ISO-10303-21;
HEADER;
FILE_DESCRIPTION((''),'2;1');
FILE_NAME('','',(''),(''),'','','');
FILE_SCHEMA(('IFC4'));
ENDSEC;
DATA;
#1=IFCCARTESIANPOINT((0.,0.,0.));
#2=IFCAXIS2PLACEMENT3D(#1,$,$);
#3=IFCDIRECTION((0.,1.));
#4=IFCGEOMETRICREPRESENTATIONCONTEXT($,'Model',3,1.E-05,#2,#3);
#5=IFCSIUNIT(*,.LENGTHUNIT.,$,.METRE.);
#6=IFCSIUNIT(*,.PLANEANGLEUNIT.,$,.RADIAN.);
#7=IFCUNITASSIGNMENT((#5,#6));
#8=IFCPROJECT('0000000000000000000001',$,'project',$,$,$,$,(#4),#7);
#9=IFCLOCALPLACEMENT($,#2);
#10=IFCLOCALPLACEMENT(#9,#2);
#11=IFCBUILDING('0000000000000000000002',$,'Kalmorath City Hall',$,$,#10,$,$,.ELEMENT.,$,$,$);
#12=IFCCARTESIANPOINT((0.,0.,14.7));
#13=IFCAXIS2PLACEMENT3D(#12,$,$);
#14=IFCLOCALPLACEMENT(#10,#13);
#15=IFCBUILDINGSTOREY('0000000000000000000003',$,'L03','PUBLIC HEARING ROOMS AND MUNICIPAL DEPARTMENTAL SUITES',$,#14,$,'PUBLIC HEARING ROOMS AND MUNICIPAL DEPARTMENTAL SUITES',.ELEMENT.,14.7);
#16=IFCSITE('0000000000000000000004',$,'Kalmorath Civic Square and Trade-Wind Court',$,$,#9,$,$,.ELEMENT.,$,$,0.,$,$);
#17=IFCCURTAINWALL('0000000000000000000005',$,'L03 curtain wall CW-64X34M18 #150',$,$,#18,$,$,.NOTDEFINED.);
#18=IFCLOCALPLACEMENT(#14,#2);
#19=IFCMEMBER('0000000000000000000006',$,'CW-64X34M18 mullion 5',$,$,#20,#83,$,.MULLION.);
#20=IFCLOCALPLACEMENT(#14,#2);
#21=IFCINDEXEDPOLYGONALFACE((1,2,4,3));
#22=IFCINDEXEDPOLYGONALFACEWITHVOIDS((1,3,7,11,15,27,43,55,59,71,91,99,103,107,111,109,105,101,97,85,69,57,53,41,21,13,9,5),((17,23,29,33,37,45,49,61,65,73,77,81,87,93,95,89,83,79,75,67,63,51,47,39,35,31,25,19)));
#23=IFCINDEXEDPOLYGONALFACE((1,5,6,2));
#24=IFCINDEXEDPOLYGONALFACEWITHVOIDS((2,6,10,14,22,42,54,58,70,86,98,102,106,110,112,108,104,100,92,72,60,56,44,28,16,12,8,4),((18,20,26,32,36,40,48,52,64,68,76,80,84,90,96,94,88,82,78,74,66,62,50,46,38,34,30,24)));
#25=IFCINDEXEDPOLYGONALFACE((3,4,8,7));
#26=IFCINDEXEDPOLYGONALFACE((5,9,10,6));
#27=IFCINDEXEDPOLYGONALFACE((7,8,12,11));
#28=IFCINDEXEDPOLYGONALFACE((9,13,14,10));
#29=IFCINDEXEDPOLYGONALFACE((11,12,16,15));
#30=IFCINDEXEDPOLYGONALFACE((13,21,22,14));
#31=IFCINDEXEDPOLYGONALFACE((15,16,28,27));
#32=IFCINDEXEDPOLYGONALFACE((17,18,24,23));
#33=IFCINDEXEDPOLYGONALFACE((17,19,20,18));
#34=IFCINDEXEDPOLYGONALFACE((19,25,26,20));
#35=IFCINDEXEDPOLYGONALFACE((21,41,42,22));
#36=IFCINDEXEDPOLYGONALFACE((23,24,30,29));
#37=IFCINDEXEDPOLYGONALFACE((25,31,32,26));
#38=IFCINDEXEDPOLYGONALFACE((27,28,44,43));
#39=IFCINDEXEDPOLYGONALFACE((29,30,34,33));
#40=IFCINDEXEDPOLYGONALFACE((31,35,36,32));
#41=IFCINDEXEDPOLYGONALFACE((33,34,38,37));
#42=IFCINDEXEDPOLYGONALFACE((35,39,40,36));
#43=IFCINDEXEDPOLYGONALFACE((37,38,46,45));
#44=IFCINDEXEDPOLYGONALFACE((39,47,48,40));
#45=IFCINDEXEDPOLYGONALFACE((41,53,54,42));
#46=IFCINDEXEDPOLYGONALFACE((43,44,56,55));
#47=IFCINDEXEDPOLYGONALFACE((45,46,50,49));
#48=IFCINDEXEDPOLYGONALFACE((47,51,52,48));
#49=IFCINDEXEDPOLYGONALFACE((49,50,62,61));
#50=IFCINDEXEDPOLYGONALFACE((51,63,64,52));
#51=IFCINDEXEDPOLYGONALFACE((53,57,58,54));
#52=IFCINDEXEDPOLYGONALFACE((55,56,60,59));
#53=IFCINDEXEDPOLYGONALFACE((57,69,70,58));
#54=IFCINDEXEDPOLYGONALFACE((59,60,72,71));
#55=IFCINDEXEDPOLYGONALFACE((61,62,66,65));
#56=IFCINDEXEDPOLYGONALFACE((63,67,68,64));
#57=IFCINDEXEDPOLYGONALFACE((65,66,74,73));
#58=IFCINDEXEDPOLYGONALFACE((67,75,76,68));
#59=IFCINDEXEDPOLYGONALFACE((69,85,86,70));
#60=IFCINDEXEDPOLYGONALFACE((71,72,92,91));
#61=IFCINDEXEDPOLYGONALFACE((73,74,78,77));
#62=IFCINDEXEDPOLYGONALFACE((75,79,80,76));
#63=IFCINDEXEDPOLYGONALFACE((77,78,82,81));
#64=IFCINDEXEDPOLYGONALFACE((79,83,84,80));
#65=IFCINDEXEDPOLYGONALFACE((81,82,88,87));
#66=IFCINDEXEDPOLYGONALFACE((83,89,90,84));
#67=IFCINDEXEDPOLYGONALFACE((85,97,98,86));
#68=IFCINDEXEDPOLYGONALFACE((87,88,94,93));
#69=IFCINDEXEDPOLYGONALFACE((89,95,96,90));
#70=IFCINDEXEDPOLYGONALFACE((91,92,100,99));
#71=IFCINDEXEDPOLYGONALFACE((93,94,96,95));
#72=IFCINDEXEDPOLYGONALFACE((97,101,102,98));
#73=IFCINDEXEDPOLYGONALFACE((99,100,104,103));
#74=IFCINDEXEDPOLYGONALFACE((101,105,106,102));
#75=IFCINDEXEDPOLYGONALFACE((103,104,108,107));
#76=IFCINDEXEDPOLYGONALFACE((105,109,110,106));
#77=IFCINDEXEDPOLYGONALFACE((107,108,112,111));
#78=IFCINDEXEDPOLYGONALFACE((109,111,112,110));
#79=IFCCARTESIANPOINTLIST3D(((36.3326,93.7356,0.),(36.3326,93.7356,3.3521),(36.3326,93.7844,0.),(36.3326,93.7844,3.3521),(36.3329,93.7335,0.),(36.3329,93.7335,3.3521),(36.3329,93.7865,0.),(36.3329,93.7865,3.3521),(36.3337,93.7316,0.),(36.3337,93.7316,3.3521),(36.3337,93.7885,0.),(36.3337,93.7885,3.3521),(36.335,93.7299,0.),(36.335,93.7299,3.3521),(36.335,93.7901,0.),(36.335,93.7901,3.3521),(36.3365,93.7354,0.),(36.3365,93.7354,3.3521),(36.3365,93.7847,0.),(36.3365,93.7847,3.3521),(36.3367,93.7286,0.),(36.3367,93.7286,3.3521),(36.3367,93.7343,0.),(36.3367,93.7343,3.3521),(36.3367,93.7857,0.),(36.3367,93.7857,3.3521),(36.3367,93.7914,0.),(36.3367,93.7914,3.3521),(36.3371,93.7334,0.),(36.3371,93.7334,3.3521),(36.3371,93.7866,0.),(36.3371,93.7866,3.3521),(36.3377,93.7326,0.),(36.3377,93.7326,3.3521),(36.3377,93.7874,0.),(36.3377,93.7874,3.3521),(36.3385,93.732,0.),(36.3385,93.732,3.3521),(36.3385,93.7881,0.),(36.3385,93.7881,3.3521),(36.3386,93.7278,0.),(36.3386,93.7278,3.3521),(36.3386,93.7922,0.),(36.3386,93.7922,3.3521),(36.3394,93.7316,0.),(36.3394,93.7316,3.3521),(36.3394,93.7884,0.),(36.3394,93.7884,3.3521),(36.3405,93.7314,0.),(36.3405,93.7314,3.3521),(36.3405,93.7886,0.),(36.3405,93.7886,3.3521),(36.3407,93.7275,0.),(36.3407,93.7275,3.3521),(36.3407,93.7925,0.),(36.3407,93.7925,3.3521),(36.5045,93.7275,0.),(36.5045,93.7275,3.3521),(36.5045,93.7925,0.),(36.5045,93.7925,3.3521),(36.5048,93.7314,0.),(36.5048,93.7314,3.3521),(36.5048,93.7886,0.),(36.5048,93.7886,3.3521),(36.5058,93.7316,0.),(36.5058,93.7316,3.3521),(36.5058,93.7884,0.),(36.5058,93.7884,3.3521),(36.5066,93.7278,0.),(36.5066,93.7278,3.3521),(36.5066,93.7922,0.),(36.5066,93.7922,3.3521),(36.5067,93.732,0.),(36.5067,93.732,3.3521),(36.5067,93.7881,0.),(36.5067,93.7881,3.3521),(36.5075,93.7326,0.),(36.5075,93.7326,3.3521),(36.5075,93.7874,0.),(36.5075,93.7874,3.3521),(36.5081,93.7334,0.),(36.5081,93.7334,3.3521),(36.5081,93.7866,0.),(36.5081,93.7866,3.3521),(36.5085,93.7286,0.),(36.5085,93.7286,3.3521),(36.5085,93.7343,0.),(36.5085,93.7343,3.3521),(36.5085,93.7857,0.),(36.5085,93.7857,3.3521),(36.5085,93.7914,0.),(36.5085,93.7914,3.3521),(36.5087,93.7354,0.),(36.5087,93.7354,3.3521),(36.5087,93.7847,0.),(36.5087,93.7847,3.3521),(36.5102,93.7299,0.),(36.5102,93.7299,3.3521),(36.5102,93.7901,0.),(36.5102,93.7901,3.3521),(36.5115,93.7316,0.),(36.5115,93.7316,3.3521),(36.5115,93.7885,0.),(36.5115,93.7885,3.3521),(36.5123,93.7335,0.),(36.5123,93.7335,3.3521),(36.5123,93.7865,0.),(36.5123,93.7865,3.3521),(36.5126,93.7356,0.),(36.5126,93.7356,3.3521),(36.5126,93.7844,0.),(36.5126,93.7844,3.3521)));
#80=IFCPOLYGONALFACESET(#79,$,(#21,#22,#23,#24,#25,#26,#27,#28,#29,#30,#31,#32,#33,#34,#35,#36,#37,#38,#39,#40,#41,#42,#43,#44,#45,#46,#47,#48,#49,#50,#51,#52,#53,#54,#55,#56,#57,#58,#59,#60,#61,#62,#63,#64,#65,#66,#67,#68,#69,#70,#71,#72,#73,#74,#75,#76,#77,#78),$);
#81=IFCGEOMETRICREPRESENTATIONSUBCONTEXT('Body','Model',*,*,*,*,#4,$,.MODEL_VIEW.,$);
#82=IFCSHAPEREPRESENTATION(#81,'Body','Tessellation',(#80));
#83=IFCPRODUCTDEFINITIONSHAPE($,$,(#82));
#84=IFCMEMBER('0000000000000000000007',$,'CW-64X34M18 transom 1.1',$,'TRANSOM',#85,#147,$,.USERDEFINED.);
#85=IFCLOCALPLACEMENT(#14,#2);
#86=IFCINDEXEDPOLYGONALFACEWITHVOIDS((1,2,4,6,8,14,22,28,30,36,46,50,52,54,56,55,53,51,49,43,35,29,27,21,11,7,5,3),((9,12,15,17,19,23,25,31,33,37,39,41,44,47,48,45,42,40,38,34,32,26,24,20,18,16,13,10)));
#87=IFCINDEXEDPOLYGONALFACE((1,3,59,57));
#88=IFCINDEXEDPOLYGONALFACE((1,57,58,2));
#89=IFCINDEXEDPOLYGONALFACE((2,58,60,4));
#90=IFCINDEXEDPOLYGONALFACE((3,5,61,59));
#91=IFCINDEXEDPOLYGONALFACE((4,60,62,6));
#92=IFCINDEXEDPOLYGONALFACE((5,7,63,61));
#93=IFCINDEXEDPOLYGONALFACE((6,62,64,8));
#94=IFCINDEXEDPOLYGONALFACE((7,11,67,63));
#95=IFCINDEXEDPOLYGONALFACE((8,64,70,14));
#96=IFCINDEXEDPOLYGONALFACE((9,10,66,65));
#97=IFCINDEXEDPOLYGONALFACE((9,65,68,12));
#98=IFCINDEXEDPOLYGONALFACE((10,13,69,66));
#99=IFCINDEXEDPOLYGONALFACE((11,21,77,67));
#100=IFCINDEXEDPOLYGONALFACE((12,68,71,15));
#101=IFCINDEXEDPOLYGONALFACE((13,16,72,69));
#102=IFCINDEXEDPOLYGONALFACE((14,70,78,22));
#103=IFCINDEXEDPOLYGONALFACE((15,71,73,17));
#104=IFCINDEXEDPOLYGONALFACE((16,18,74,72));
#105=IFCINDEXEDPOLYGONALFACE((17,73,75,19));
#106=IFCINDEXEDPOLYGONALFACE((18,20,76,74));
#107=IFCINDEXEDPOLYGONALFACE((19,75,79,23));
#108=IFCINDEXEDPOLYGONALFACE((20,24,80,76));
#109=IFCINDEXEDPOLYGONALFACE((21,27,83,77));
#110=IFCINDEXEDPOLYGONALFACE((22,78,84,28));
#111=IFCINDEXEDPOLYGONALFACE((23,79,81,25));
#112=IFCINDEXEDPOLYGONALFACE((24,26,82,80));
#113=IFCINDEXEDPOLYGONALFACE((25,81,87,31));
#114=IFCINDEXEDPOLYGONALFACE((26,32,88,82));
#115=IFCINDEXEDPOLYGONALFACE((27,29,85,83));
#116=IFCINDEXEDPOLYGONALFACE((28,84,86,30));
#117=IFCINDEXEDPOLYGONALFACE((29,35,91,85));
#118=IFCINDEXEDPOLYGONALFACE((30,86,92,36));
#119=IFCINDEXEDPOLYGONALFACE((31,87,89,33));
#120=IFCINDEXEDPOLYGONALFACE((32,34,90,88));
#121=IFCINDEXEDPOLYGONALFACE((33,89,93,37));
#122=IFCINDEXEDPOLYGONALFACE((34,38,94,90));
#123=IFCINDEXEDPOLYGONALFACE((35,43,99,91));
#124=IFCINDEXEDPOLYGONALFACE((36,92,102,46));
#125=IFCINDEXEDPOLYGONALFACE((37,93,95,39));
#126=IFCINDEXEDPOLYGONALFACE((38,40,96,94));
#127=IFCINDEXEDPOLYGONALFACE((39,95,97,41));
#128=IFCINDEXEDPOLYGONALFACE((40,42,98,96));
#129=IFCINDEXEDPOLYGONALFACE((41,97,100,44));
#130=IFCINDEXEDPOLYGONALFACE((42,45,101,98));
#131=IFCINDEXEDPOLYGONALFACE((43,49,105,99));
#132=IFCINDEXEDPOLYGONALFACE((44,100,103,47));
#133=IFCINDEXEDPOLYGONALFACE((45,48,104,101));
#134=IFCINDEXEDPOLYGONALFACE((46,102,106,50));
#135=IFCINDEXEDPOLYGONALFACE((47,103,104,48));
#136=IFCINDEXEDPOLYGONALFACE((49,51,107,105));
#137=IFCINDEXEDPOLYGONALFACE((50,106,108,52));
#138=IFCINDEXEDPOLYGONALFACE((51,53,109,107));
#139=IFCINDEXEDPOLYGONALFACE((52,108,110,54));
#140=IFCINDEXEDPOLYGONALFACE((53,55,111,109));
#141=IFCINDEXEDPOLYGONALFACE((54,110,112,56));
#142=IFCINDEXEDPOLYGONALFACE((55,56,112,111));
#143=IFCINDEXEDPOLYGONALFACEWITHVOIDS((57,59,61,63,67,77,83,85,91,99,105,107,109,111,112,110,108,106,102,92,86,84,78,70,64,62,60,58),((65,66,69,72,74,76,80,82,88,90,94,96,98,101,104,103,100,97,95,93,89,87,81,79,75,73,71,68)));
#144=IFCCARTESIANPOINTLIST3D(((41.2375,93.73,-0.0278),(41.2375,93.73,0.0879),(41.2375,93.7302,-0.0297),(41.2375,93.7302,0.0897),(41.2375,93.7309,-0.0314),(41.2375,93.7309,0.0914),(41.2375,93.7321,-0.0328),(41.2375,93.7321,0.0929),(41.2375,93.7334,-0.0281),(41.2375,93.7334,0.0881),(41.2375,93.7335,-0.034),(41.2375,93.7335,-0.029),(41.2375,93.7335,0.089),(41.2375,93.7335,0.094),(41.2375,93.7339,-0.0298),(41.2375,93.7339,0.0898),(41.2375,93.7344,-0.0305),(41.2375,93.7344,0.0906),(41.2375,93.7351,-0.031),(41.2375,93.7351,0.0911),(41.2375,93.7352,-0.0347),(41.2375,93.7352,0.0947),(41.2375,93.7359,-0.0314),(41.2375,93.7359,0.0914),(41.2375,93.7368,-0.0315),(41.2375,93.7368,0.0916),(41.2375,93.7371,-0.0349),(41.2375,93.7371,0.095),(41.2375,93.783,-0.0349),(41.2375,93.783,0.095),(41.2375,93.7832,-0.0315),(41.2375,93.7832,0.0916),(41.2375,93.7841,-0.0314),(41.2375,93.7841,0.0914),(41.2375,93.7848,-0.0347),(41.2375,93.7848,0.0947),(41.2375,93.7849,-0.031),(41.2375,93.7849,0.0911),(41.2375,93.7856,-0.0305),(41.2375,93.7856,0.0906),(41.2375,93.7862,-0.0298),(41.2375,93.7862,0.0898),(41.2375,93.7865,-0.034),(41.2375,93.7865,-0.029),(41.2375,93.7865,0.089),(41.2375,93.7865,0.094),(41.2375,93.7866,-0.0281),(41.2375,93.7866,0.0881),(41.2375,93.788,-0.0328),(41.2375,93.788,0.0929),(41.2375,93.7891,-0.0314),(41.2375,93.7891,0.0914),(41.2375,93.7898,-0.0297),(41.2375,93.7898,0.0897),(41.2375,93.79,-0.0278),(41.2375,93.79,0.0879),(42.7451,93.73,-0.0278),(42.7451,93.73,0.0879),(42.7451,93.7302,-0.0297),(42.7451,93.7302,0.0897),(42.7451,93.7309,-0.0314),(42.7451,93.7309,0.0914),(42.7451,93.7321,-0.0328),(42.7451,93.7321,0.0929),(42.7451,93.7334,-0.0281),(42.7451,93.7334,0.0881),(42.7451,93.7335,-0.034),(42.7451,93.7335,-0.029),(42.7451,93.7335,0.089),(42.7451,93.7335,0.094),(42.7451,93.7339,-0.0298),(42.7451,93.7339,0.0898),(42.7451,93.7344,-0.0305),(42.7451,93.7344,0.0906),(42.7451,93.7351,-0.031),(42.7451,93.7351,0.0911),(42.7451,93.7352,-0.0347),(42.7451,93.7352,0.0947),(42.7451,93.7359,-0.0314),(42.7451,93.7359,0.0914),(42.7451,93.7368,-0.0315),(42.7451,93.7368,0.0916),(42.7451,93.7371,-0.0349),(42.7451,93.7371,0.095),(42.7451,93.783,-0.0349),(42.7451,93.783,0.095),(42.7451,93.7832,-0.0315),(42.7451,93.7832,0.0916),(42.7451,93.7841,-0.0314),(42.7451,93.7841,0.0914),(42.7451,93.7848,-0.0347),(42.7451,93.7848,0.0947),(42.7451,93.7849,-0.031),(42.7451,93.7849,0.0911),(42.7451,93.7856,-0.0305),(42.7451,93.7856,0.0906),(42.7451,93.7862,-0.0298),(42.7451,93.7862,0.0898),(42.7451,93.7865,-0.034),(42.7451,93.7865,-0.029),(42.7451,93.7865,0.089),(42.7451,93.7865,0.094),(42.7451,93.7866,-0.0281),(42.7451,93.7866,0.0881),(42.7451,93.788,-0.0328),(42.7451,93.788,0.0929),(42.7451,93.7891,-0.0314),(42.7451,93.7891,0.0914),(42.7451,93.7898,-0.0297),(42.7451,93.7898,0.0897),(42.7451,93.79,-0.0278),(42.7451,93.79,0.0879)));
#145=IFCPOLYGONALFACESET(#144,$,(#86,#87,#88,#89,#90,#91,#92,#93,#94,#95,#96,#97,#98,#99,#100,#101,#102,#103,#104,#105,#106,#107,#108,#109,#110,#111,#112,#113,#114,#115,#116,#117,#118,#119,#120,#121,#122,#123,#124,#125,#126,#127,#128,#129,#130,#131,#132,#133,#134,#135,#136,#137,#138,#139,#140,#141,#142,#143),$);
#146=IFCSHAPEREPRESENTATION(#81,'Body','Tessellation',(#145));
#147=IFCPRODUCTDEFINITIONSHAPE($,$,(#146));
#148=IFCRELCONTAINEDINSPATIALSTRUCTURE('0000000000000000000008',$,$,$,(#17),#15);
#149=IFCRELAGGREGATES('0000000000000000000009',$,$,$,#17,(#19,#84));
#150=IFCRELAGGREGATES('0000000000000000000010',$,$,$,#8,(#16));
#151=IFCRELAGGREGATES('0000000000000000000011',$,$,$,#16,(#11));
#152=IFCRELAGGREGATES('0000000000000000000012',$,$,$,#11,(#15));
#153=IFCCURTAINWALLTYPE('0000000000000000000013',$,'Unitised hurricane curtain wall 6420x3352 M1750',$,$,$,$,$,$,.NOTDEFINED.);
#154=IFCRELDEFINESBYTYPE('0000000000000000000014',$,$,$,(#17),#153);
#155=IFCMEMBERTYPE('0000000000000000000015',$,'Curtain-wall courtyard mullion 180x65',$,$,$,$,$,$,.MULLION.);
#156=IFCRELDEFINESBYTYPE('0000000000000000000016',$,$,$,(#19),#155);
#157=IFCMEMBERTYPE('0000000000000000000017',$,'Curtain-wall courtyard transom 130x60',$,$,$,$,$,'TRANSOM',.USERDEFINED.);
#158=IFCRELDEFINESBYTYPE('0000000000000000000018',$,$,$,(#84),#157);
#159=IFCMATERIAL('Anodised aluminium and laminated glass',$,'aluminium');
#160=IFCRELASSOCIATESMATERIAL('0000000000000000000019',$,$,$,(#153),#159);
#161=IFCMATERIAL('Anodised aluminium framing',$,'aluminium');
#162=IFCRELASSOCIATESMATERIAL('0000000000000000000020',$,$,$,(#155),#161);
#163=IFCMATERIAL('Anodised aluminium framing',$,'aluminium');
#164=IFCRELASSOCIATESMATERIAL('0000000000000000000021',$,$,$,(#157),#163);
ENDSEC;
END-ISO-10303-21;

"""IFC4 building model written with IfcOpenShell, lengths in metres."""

from ifc_helpers import new_model, si_unit, direction, frame, origin, origin_2d, place, context, subcontext, project, spatial, hollow_rectangle, extrude, material, material_profile, profile_set, type_object, element, aggregate, save


model = new_model("IFC4")

# Units and contexts
model_context = context("Model", 3, precision=1e-05, world=origin(), true_north=direction((0.0, 1.0)))
body_context = subcontext(model_context, "Body", "Model", "MODEL_VIEW")
ifc_project = project(units=[si_unit("LENGTHUNIT", "METRE"), si_unit("PLANEANGLEUNIT", "RADIAN")], contexts=[model_context])

# Site, building, storey
site_placement = place(None, origin())
site = spatial("IfcSite", under=ifc_project, at=site_placement, Name="Kalmorath Civic Square and Trade-Wind Court", CompositionType="ELEMENT", RefElevation=0.0)
building_placement = place(site_placement, origin())
building = spatial("IfcBuilding", under=site, at=building_placement, Name="Kalmorath City Hall", CompositionType="ELEMENT")
storey_placement = place(building_placement, frame((0.0, 0.0, 14.7)))
storey = spatial("IfcBuildingStorey", under=building, at=storey_placement, Name="L03", Description="PUBLIC HEARING ROOMS AND MUNICIPAL DEPARTMENTAL SUITES", LongName="PUBLIC HEARING ROOMS AND MUNICIPAL DEPARTMENTAL SUITES", CompositionType="ELEMENT", Elevation=14.7)

# Curtain wall, members
ifc_material_1 = material(Name="Anodised aluminium and laminated glass", Category="aluminium")
curtain_wall_type = type_object("IfcCurtainWallType", Name="Unitised hurricane curtain wall 6420x3352 M1750", PredefinedType="NOTDEFINED", material=ifc_material_1)
curtain_wall_placement = place(storey_placement, origin())
curtain_wall = element("IfcCurtainWall", 1, at=curtain_wall_placement, inside=storey, type_object=curtain_wall_type, Name="L03 curtain wall CW-64X34M18 #150", PredefinedType="NOTDEFINED")
ifc_material_2 = material(Name="Anodised aluminium framing", Category="aluminium")
ifc_material_profile_1 = material_profile(ifc_material_2, hollow_rectangle(XDim=0.0649, YDim=0.1799, WallThickness=0.0039, InnerFilletRadius=0.0039, OuterFilletRadius=0.0081, at=origin_2d()), Name="ALU-MUL-180X65X4")
ifc_profile_set_1 = profile_set([ifc_material_profile_1], Name="Anodised aluminium framing")
member_type_1 = type_object("IfcMemberType", Name="Curtain-wall courtyard mullion 180x65", PredefinedType="MULLION", material=ifc_profile_set_1)
member_1_placement = place(storey_placement, frame((36.4226, 93.76, 0.0), z_axis=(0.0, 0.0, 1.0), x_axis=(0.0, -1.0, 0.0)))
member_1 = element("IfcMember", 2, at=member_1_placement, type_object=member_type_1, Name="CW-64X34M18 mullion 5", PredefinedType="MULLION", context=body_context, shape_type="SweptSolid", body=[
    extrude(hollow_rectangle(XDim=0.0649, YDim=0.1799, WallThickness=0.0039, InnerFilletRadius=0.0039, OuterFilletRadius=0.0081, at=origin_2d()), origin(), (0.0, 0.0, 1.0), 3.3521),
])
ifc_material_3 = material(Name="Anodised aluminium framing", Category="aluminium")
ifc_material_profile_2 = material_profile(ifc_material_3, hollow_rectangle(XDim=0.0601, YDim=0.1299, WallThickness=0.0034, InnerFilletRadius=0.0034, OuterFilletRadius=0.0071, at=origin_2d()), Name="ALU-TRN-130X60X3.5")
ifc_profile_set_2 = profile_set([ifc_material_profile_2], Name="Anodised aluminium framing")
member_type_2 = type_object("IfcMemberType", Name="Curtain-wall courtyard transom 130x60", ElementType="TRANSOM", PredefinedType="USERDEFINED", material=ifc_profile_set_2)
member_2_placement = place(storey_placement, frame((42.7451, 93.76, 0.03), z_axis=(-1.0, 0.0, 0.0), x_axis=(0.0, -1.0, 0.0)))
member_2 = element("IfcMember", 3, at=member_2_placement, type_object=member_type_2, Name="CW-64X34M18 transom 1.1", ObjectType="TRANSOM", PredefinedType="USERDEFINED", context=body_context, shape_type="SweptSolid", body=[
    extrude(hollow_rectangle(XDim=0.0601, YDim=0.1299, WallThickness=0.0034, InnerFilletRadius=0.0034, OuterFilletRadius=0.0071, at=origin_2d()), origin(), (0.0, 0.0, 1.0), 1.5076),
])
aggregate(curtain_wall, [member_1, member_2])

save(model, "model.ifc")
